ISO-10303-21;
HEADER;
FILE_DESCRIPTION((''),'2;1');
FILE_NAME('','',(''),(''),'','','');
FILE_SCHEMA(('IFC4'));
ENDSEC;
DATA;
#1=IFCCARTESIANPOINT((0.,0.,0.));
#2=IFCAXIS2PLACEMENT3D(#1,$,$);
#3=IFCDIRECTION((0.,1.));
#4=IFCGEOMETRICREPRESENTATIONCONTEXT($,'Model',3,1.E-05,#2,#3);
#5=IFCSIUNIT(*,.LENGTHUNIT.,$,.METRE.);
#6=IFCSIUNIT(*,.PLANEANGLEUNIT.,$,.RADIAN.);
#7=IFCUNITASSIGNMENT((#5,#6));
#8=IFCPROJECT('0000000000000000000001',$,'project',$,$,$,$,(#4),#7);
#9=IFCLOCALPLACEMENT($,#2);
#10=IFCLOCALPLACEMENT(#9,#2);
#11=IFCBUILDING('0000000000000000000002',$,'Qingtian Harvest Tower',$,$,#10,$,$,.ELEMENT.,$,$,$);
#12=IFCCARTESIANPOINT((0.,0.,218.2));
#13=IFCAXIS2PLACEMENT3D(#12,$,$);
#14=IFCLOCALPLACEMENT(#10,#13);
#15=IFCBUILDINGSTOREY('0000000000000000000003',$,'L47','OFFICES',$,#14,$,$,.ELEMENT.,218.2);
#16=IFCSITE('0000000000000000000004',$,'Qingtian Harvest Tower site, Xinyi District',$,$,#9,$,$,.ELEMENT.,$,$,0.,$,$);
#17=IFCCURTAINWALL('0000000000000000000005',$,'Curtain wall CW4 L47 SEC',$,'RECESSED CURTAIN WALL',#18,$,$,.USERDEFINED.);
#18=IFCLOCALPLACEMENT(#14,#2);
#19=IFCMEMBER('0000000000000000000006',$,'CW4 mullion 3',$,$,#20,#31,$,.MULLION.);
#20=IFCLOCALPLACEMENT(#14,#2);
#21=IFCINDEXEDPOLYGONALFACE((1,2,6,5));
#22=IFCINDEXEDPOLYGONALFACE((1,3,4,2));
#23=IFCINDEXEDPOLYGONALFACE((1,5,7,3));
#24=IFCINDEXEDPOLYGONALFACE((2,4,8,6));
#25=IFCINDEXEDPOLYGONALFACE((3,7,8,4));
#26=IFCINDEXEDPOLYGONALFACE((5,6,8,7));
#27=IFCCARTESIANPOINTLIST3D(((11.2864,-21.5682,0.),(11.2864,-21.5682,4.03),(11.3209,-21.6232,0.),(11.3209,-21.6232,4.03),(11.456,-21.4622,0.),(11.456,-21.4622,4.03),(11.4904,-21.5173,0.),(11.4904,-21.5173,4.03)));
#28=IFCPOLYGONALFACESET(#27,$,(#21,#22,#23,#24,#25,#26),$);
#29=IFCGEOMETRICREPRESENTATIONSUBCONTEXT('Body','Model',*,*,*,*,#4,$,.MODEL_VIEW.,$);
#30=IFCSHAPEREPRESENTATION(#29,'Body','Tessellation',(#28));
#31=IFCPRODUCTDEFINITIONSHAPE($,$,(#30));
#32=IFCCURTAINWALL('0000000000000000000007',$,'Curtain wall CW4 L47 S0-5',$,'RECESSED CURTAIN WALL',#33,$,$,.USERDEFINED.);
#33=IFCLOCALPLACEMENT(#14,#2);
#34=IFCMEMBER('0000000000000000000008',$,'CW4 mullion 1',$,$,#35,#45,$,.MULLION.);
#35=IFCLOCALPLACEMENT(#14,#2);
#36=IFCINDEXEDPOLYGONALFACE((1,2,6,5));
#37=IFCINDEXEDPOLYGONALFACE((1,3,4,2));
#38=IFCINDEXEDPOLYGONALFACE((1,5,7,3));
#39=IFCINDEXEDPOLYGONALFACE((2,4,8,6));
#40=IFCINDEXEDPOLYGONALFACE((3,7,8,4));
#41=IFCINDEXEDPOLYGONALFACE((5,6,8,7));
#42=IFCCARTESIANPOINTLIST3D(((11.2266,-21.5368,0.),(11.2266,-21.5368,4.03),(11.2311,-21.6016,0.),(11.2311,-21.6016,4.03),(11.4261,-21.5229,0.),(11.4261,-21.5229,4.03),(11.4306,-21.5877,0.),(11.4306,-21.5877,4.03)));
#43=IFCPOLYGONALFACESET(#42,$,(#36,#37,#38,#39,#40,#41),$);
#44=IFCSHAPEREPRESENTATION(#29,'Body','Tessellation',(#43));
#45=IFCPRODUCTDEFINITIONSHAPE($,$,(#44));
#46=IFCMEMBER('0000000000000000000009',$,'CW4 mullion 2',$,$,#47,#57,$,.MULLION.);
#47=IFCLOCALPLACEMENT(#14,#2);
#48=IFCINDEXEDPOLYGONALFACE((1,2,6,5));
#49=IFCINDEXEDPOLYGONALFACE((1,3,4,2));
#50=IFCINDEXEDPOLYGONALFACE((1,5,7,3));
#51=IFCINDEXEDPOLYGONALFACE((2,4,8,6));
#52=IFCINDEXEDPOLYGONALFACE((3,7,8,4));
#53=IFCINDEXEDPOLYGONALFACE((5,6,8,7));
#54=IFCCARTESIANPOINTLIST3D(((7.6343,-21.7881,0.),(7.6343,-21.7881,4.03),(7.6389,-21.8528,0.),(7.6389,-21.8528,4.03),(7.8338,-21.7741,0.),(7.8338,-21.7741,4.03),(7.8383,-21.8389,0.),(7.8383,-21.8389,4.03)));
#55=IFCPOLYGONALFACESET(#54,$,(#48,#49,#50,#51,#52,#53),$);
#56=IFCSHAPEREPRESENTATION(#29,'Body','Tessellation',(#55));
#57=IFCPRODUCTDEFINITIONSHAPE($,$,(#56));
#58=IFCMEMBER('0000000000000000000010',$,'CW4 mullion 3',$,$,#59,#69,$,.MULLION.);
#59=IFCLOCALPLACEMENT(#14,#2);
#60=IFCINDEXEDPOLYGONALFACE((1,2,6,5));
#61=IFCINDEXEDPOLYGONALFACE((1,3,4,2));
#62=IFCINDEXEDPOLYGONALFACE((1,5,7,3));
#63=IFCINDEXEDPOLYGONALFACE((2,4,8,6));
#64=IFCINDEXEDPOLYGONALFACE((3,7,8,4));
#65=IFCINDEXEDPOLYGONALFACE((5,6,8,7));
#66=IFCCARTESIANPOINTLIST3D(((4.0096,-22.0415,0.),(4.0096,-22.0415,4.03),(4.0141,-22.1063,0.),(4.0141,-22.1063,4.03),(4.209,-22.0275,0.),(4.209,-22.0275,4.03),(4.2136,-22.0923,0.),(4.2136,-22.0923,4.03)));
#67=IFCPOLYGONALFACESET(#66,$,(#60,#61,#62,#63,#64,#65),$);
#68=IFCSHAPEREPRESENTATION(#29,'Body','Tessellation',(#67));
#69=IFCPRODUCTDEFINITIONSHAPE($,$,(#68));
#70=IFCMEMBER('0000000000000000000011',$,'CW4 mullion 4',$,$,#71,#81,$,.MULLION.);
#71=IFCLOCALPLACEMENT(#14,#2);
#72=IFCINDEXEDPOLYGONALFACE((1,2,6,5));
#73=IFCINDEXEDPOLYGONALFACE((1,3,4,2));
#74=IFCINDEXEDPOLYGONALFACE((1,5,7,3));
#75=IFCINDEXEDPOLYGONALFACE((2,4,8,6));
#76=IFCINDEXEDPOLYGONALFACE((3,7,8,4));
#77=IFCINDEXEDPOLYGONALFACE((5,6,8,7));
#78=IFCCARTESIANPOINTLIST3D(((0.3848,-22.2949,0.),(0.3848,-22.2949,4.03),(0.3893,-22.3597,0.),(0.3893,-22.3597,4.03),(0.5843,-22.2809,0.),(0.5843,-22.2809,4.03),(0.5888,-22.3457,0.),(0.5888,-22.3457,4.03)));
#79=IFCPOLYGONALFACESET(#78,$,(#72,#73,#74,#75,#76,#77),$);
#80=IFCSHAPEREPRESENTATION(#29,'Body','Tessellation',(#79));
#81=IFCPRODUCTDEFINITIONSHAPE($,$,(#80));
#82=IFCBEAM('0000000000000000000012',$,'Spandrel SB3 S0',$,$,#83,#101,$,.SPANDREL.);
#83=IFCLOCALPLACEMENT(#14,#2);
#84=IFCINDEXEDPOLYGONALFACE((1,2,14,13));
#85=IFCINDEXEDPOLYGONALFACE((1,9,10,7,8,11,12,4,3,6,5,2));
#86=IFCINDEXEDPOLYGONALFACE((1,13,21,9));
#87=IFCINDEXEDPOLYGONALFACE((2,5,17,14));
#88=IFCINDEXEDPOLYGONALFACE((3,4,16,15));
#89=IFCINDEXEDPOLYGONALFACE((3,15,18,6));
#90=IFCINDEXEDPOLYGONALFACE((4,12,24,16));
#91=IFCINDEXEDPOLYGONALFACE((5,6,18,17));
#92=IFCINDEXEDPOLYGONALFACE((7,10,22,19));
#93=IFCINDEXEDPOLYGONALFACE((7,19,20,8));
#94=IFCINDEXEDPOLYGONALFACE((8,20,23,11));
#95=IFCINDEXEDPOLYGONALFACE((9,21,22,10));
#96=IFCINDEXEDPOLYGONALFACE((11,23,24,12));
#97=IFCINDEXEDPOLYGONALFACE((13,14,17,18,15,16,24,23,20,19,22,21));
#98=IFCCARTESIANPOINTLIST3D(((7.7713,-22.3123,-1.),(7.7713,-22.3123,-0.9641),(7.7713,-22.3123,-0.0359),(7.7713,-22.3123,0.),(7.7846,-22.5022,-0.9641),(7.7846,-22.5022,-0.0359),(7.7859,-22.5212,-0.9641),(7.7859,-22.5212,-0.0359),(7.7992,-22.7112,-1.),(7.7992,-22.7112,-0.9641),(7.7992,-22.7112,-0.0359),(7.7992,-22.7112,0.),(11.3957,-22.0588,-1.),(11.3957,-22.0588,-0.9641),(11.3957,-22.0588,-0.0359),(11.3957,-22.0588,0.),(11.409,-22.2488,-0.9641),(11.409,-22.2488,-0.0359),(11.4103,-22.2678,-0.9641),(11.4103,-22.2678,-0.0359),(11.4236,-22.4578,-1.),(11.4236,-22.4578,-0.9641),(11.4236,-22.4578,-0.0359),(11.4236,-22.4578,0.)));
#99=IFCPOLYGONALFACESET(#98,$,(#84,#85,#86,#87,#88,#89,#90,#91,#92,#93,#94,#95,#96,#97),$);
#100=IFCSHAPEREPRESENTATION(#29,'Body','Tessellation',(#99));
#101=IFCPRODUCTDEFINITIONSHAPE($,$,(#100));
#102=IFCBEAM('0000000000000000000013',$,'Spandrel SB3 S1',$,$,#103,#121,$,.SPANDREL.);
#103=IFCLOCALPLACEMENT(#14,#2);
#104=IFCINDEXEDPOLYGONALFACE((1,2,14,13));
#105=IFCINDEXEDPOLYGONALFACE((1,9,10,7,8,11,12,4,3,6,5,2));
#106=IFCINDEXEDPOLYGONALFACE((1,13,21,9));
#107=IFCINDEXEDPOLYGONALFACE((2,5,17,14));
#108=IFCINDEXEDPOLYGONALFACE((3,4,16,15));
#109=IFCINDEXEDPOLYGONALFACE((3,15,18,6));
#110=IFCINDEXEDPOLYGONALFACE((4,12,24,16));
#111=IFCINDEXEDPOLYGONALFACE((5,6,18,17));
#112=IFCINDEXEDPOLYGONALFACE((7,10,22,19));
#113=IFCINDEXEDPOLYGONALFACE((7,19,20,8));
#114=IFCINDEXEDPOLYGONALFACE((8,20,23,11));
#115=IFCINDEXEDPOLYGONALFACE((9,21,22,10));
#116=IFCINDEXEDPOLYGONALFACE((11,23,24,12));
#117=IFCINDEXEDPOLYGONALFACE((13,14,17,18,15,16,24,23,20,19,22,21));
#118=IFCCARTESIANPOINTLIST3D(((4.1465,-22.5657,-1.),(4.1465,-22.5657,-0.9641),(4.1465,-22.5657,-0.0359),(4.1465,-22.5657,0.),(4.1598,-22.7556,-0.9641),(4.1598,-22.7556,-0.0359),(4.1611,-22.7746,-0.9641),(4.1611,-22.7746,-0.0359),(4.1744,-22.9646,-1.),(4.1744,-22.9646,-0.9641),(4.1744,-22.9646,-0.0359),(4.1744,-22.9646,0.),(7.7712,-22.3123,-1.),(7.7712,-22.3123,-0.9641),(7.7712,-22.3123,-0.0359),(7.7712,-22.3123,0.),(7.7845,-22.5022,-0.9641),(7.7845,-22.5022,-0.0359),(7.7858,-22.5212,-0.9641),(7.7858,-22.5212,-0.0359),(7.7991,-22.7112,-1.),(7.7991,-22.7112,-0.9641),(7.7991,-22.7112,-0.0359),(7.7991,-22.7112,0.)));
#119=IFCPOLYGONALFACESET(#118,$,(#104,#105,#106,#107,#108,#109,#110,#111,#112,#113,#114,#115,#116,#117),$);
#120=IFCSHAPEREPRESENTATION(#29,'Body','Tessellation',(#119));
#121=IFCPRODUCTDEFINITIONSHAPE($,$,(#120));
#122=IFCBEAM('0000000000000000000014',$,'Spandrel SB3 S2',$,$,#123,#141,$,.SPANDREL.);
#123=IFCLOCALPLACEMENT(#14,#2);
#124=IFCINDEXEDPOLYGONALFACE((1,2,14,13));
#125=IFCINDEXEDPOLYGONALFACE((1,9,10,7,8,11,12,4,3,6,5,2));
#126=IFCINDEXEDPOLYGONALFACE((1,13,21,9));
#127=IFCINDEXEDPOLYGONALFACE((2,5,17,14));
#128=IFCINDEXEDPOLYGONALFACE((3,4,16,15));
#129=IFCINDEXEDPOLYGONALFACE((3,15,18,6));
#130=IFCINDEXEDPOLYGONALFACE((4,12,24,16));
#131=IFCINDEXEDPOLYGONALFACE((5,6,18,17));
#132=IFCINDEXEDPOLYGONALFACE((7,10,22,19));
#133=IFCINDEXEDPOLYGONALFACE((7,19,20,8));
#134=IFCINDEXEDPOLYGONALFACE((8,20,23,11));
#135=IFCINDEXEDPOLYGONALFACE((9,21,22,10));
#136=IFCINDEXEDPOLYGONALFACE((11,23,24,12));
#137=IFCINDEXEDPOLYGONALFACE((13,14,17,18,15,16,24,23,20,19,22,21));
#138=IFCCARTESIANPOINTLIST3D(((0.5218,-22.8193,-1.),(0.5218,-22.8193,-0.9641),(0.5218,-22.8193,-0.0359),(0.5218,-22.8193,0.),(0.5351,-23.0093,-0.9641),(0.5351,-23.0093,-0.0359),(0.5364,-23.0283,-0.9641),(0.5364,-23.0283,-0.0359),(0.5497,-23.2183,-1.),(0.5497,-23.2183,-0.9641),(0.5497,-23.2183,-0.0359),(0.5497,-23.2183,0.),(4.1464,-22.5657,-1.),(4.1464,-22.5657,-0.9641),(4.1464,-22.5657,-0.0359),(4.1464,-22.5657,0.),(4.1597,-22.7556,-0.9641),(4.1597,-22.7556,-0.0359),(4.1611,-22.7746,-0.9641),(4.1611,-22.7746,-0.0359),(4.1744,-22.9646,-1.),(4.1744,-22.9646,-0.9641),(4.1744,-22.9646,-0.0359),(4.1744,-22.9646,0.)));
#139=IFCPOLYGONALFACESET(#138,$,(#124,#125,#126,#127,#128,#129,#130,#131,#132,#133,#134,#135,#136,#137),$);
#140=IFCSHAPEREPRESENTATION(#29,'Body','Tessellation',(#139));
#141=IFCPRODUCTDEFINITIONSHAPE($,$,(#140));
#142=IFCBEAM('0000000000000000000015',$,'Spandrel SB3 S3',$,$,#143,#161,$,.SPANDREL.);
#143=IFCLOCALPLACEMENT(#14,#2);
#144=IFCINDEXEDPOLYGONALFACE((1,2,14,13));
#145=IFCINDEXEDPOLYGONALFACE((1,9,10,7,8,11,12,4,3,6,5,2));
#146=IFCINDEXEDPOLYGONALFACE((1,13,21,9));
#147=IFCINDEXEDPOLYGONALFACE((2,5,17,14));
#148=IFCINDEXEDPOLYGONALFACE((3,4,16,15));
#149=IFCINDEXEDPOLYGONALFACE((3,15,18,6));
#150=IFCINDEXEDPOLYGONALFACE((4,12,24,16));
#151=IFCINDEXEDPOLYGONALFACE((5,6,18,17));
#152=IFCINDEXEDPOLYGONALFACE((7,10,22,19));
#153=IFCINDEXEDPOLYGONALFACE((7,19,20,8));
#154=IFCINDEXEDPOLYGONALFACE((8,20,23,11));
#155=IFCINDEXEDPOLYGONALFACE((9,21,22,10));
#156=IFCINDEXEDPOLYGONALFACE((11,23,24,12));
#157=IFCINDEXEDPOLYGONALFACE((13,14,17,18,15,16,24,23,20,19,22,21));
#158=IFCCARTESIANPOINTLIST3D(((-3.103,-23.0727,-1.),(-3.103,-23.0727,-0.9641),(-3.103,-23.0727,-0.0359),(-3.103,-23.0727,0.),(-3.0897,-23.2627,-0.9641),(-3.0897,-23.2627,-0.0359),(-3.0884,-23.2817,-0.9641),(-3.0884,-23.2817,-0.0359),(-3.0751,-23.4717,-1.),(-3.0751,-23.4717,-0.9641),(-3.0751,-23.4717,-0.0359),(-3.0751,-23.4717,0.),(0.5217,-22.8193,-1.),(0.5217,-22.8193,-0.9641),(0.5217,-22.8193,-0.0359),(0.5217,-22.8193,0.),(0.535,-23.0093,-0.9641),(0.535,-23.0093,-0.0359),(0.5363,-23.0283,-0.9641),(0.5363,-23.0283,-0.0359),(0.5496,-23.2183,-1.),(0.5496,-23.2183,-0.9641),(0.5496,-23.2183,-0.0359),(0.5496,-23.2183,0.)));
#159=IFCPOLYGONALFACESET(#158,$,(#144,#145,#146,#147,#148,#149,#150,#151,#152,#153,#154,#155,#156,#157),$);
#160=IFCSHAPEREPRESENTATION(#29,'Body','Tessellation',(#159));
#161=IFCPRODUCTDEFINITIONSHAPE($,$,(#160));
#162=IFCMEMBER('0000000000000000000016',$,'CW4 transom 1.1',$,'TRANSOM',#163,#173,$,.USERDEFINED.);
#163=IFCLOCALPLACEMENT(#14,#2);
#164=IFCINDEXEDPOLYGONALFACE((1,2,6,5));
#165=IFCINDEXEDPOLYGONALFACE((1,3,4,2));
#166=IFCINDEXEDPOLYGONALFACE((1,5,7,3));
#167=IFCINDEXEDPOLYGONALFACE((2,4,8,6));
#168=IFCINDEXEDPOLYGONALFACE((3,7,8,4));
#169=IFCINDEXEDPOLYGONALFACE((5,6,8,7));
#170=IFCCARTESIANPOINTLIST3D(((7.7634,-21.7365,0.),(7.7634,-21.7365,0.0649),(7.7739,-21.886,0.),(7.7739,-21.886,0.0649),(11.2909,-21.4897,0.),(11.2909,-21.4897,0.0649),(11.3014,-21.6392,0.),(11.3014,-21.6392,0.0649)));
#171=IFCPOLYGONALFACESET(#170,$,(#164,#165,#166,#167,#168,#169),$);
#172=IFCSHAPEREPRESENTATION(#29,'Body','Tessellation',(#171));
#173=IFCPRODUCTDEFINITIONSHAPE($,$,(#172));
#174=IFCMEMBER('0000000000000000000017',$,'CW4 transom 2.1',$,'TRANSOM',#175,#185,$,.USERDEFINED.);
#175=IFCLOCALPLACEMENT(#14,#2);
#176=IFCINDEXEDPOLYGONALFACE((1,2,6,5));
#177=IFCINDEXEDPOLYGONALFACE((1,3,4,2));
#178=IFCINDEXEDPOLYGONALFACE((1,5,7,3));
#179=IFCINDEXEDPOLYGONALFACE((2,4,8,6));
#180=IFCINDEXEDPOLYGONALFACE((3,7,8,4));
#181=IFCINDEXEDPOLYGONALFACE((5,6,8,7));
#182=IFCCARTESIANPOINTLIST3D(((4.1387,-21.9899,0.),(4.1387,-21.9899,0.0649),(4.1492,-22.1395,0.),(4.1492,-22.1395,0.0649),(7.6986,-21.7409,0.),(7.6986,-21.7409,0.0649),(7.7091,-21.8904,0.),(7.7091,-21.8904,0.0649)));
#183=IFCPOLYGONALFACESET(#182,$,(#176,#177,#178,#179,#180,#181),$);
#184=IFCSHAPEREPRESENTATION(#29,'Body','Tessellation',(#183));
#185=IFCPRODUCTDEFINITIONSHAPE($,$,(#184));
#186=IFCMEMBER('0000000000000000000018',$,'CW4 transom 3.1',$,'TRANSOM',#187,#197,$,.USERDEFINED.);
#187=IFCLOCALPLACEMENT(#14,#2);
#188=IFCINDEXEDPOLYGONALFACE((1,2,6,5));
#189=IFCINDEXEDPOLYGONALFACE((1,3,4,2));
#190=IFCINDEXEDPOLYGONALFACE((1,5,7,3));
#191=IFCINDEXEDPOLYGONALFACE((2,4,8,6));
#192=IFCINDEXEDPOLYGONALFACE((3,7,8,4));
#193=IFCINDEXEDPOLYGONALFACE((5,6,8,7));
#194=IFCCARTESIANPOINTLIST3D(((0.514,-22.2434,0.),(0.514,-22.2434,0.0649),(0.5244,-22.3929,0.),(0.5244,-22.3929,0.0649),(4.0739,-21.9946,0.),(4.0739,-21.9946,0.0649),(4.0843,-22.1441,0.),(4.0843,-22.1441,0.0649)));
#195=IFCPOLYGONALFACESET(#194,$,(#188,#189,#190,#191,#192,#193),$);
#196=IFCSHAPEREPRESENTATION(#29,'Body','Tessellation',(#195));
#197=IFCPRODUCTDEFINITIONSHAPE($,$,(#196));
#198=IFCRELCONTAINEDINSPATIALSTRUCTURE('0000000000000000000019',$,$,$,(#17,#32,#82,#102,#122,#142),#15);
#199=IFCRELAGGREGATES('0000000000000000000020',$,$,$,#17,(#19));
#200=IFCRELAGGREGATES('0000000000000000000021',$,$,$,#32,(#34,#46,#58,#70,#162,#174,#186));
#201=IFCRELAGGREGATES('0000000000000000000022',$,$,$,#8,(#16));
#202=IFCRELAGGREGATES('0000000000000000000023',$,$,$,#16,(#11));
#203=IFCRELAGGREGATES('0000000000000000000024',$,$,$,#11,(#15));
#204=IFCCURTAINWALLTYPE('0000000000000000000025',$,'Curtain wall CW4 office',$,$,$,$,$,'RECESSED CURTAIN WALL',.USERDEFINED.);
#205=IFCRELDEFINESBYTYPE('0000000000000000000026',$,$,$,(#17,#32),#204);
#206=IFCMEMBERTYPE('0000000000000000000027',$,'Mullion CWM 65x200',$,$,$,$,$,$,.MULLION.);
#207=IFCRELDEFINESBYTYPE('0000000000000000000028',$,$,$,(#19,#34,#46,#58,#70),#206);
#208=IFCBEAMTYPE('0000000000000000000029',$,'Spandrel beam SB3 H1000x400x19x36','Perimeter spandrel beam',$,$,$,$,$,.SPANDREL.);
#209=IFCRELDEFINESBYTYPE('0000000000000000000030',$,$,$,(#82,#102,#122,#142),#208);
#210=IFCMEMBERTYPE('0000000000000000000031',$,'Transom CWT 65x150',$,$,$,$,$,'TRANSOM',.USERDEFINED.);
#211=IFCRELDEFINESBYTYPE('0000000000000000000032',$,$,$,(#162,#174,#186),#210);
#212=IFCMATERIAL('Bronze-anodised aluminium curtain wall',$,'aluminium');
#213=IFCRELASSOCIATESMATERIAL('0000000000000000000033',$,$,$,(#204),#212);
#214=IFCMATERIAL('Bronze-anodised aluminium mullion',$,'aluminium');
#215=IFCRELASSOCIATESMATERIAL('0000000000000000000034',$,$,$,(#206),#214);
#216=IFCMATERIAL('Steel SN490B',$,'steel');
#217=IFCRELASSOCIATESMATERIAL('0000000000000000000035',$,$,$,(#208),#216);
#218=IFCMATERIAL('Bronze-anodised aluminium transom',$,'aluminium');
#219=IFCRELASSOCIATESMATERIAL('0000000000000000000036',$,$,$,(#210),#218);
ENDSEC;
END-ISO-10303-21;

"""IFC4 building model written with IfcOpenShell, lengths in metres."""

from ifc_helpers import new_model, si_unit, direction, frame, origin, origin_2d, place, context, subcontext, project, spatial, rectangle, i_section, extrude, material, material_profile, profile_set, type_object, element, aggregate, save


model = new_model("IFC4")

# Units and contexts
model_context = context("Model", 3, precision=1e-05, world=origin(), true_north=direction((0.0, 1.0)))
body_context = subcontext(model_context, "Body", "Model", "MODEL_VIEW")
ifc_project = project(units=[si_unit("LENGTHUNIT", "METRE"), si_unit("PLANEANGLEUNIT", "RADIAN")], contexts=[model_context])

# Site, building, storey
site_placement = place(None, origin())
site = spatial("IfcSite", under=ifc_project, at=site_placement, Name="Qingtian Harvest Tower site, Xinyi District", CompositionType="ELEMENT", RefElevation=0.0)
building_placement = place(site_placement, origin())
building = spatial("IfcBuilding", under=site, at=building_placement, Name="Qingtian Harvest Tower", CompositionType="ELEMENT")
storey_placement = place(building_placement, frame((0.0, 0.0, 218.2)))
storey = spatial("IfcBuildingStorey", under=building, at=storey_placement, Name="L47", Description="OFFICES", CompositionType="ELEMENT", Elevation=218.2)

# Curtain wall, member
ifc_material_1 = material(Name="Bronze-anodised aluminium curtain wall", Category="aluminium")
curtain_wall_type = type_object("IfcCurtainWallType", Name="Curtain wall CW4 office", ElementType="RECESSED CURTAIN WALL", PredefinedType="USERDEFINED", material=ifc_material_1)
curtain_wall_1_placement = place(storey_placement, origin())
curtain_wall_1 = element("IfcCurtainWall", 1, at=curtain_wall_1_placement, inside=storey, type_object=curtain_wall_type, Name="Curtain wall CW4 L47 SEC", ObjectType="RECESSED CURTAIN WALL", PredefinedType="USERDEFINED")
ifc_material_2 = material(Name="Bronze-anodised aluminium mullion", Category="aluminium")
ifc_material_profile_1 = material_profile(ifc_material_2, rectangle(XDim=0.0649, YDim=0.2, at=origin_2d()), Name="AL 65x200")
ifc_profile_set_1 = profile_set([ifc_material_profile_1], Name="Bronze-anodised aluminium mullion")
member_type_1 = type_object("IfcMemberType", Name="Mullion CWM 65x200", PredefinedType="MULLION", material=ifc_profile_set_1)
member_1_placement = place(storey_placement, frame((11.3884, -21.5427, 0.0), z_axis=(0.0, 0.0, 1.0), x_axis=(0.529919, -0.848048, 0.0)))
member_1 = element("IfcMember", 2, at=member_1_placement, type_object=member_type_1, Name="CW4 mullion 3", PredefinedType="MULLION", context=body_context, shape_type="SweptSolid", body=[
    extrude(rectangle(XDim=0.0649, YDim=0.2, at=origin_2d()), origin(), (0.0, 0.0, 1.0), 4.03),
])
aggregate(curtain_wall_1, [member_1])

# Curtain wall, members
curtain_wall_2_placement = place(storey_placement, origin())
curtain_wall_2 = element("IfcCurtainWall", 3, at=curtain_wall_2_placement, inside=storey, type_object=curtain_wall_type, Name="Curtain wall CW4 L47 S0-5", ObjectType="RECESSED CURTAIN WALL", PredefinedType="USERDEFINED")
member_2_placement = place(storey_placement, frame((11.3286, -21.5623, 0.0), z_axis=(0.0, 0.0, 1.0), x_axis=(0.069756, -0.997564, 0.0)))
member_2 = element("IfcMember", 4, at=member_2_placement, type_object=member_type_1, Name="CW4 mullion 1", PredefinedType="MULLION", context=body_context, shape_type="SweptSolid", body=[
    extrude(rectangle(XDim=0.0649, YDim=0.2, at=origin_2d()), origin(), (0.0, 0.0, 1.0), 4.03),
])
member_3_placement = place(storey_placement, frame((7.7363, -21.8135, 0.0), z_axis=(0.0, 0.0, 1.0), x_axis=(0.069756, -0.997564, 0.0)))
member_3 = element("IfcMember", 5, at=member_3_placement, type_object=member_type_1, Name="CW4 mullion 2", PredefinedType="MULLION", context=body_context, shape_type="SweptSolid", body=[
    extrude(rectangle(XDim=0.0649, YDim=0.2, at=origin_2d()), origin(), (0.0, 0.0, 1.0), 4.03),
])
member_4_placement = place(storey_placement, frame((4.1116, -22.0669, 0.0), z_axis=(0.0, 0.0, 1.0), x_axis=(0.069756, -0.997564, 0.0)))
member_4 = element("IfcMember", 6, at=member_4_placement, type_object=member_type_1, Name="CW4 mullion 3", PredefinedType="MULLION", context=body_context, shape_type="SweptSolid", body=[
    extrude(rectangle(XDim=0.0649, YDim=0.2, at=origin_2d()), origin(), (0.0, 0.0, 1.0), 4.03),
])
member_5_placement = place(storey_placement, frame((0.4868, -22.3203, 0.0), z_axis=(0.0, 0.0, 1.0), x_axis=(0.069756, -0.997564, 0.0)))
member_5 = element("IfcMember", 7, at=member_5_placement, type_object=member_type_1, Name="CW4 mullion 4", PredefinedType="MULLION", context=body_context, shape_type="SweptSolid", body=[
    extrude(rectangle(XDim=0.0649, YDim=0.2, at=origin_2d()), origin(), (0.0, 0.0, 1.0), 4.03),
])

# Beams
ifc_material_3 = material(Name="Steel SN490B", Category="steel")
ifc_material_profile_2 = material_profile(ifc_material_3, i_section(OverallWidth=0.3999, OverallDepth=1.0, WebThickness=0.019, FlangeThickness=0.0359, at=origin_2d()), Name="H1000x400x19x36")
ifc_profile_set_2 = profile_set([ifc_material_profile_2], Name="Steel SN490B")
beam_type_1 = type_object("IfcBeamType", Name="Spandrel beam SB3 H1000x400x19x36", Description="Perimeter spandrel beam", PredefinedType="SPANDREL", material=ifc_profile_set_2)
beam_1_placement = place(storey_placement, frame((11.4097, -22.2583, -0.5), z_axis=(-0.997565, -0.069748, 0.0), x_axis=(0.069748, -0.997565, 0.0)))
element("IfcBeam", 8, at=beam_1_placement, inside=storey, type_object=beam_type_1, Name="Spandrel SB3 S0", PredefinedType="SPANDREL", context=body_context, shape_type="SweptSolid", body=[
    extrude(i_section(OverallWidth=0.3999, OverallDepth=1.0, WebThickness=0.019, FlangeThickness=0.0359, at=origin_2d()), origin(), (0.0, 0.0, 1.0), 3.6333),
])
for number, where, z_axis, x_axis, name in (
    (9, (7.7852, -22.5117, -0.5), (-0.997565, -0.069743, 0.0), (0.069743, -0.997565, 0.0), "Spandrel SB3 S1"),
    (10, (4.1604, -22.7651, -0.5), (-0.99756, -0.06981, 0.0), (0.06981, -0.99756, 0.0), "Spandrel SB3 S2"),
    (11, (0.5356, -23.0188, -0.5), (-0.997565, -0.069743, 0.0), (0.069743, -0.997565, 0.0), "Spandrel SB3 S3"),
):
    element("IfcBeam", number, at=place(storey_placement, frame(where, z_axis=z_axis, x_axis=x_axis)), inside=storey, type_object=beam_type_1, Name=name, PredefinedType="SPANDREL", context=body_context, shape_type="SweptSolid", body=[
        extrude(i_section(OverallWidth=0.3999, OverallDepth=1.0, WebThickness=0.019, FlangeThickness=0.0359, at=origin_2d()), origin(), (0.0, 0.0, 1.0), 3.6335),
    ])

# Members
ifc_material_4 = material(Name="Bronze-anodised aluminium transom", Category="aluminium")
ifc_material_profile_3 = material_profile(ifc_material_4, rectangle(XDim=0.1499, YDim=0.0649, at=origin_2d()), Name="AL 65x150")
ifc_profile_set_3 = profile_set([ifc_material_profile_3], Name="Bronze-anodised aluminium transom")
member_type_2 = type_object("IfcMemberType", Name="Transom CWT 65x150", ElementType="TRANSOM", PredefinedType="USERDEFINED", material=ifc_profile_set_3)
member_6_placement = place(storey_placement, frame((11.2961, -21.5645, 0.0325), z_axis=(-0.997561, -0.0698, 0.0), x_axis=(0.0698, -0.997561, 0.0)))
member_6 = element("IfcMember", 12, at=member_6_placement, type_object=member_type_2, Name="CW4 transom 1.1", ObjectType="TRANSOM", PredefinedType="USERDEFINED", context=body_context, shape_type="SweptSolid", body=[
    extrude(rectangle(XDim=0.1499, YDim=0.0649, at=origin_2d()), origin(), (0.0, 0.0, 1.0), 3.5361),
])
member_7_placement = place(storey_placement, frame((7.7039, -21.8157, 0.0325), z_axis=(-0.997562, -0.069784, 0.0), x_axis=(0.069784, -0.997562, 0.0)))
member_7 = element("IfcMember", 13, at=member_7_placement, type_object=member_type_2, Name="CW4 transom 2.1", ObjectType="TRANSOM", PredefinedType="USERDEFINED", context=body_context, shape_type="SweptSolid", body=[
    extrude(rectangle(XDim=0.1499, YDim=0.0649, at=origin_2d()), origin(), (0.0, 0.0, 1.0), 3.5686),
])
member_8_placement = place(storey_placement, frame((4.0791, -22.0693, 0.0325), z_axis=(-0.997567, -0.069715, 0.0), x_axis=(0.069715, -0.997567, 0.0)))
member_8 = element("IfcMember", 14, at=member_8_placement, type_object=member_type_2, Name="CW4 transom 3.1", ObjectType="TRANSOM", PredefinedType="USERDEFINED", context=body_context, shape_type="SweptSolid", body=[
    extrude(rectangle(XDim=0.1499, YDim=0.0649, at=origin_2d()), origin(), (0.0, 0.0, 1.0), 3.5686),
])

aggregate(curtain_wall_2, [member_2, member_3, member_4, member_5, member_6, member_7, member_8])

save(model, "model.ifc")
